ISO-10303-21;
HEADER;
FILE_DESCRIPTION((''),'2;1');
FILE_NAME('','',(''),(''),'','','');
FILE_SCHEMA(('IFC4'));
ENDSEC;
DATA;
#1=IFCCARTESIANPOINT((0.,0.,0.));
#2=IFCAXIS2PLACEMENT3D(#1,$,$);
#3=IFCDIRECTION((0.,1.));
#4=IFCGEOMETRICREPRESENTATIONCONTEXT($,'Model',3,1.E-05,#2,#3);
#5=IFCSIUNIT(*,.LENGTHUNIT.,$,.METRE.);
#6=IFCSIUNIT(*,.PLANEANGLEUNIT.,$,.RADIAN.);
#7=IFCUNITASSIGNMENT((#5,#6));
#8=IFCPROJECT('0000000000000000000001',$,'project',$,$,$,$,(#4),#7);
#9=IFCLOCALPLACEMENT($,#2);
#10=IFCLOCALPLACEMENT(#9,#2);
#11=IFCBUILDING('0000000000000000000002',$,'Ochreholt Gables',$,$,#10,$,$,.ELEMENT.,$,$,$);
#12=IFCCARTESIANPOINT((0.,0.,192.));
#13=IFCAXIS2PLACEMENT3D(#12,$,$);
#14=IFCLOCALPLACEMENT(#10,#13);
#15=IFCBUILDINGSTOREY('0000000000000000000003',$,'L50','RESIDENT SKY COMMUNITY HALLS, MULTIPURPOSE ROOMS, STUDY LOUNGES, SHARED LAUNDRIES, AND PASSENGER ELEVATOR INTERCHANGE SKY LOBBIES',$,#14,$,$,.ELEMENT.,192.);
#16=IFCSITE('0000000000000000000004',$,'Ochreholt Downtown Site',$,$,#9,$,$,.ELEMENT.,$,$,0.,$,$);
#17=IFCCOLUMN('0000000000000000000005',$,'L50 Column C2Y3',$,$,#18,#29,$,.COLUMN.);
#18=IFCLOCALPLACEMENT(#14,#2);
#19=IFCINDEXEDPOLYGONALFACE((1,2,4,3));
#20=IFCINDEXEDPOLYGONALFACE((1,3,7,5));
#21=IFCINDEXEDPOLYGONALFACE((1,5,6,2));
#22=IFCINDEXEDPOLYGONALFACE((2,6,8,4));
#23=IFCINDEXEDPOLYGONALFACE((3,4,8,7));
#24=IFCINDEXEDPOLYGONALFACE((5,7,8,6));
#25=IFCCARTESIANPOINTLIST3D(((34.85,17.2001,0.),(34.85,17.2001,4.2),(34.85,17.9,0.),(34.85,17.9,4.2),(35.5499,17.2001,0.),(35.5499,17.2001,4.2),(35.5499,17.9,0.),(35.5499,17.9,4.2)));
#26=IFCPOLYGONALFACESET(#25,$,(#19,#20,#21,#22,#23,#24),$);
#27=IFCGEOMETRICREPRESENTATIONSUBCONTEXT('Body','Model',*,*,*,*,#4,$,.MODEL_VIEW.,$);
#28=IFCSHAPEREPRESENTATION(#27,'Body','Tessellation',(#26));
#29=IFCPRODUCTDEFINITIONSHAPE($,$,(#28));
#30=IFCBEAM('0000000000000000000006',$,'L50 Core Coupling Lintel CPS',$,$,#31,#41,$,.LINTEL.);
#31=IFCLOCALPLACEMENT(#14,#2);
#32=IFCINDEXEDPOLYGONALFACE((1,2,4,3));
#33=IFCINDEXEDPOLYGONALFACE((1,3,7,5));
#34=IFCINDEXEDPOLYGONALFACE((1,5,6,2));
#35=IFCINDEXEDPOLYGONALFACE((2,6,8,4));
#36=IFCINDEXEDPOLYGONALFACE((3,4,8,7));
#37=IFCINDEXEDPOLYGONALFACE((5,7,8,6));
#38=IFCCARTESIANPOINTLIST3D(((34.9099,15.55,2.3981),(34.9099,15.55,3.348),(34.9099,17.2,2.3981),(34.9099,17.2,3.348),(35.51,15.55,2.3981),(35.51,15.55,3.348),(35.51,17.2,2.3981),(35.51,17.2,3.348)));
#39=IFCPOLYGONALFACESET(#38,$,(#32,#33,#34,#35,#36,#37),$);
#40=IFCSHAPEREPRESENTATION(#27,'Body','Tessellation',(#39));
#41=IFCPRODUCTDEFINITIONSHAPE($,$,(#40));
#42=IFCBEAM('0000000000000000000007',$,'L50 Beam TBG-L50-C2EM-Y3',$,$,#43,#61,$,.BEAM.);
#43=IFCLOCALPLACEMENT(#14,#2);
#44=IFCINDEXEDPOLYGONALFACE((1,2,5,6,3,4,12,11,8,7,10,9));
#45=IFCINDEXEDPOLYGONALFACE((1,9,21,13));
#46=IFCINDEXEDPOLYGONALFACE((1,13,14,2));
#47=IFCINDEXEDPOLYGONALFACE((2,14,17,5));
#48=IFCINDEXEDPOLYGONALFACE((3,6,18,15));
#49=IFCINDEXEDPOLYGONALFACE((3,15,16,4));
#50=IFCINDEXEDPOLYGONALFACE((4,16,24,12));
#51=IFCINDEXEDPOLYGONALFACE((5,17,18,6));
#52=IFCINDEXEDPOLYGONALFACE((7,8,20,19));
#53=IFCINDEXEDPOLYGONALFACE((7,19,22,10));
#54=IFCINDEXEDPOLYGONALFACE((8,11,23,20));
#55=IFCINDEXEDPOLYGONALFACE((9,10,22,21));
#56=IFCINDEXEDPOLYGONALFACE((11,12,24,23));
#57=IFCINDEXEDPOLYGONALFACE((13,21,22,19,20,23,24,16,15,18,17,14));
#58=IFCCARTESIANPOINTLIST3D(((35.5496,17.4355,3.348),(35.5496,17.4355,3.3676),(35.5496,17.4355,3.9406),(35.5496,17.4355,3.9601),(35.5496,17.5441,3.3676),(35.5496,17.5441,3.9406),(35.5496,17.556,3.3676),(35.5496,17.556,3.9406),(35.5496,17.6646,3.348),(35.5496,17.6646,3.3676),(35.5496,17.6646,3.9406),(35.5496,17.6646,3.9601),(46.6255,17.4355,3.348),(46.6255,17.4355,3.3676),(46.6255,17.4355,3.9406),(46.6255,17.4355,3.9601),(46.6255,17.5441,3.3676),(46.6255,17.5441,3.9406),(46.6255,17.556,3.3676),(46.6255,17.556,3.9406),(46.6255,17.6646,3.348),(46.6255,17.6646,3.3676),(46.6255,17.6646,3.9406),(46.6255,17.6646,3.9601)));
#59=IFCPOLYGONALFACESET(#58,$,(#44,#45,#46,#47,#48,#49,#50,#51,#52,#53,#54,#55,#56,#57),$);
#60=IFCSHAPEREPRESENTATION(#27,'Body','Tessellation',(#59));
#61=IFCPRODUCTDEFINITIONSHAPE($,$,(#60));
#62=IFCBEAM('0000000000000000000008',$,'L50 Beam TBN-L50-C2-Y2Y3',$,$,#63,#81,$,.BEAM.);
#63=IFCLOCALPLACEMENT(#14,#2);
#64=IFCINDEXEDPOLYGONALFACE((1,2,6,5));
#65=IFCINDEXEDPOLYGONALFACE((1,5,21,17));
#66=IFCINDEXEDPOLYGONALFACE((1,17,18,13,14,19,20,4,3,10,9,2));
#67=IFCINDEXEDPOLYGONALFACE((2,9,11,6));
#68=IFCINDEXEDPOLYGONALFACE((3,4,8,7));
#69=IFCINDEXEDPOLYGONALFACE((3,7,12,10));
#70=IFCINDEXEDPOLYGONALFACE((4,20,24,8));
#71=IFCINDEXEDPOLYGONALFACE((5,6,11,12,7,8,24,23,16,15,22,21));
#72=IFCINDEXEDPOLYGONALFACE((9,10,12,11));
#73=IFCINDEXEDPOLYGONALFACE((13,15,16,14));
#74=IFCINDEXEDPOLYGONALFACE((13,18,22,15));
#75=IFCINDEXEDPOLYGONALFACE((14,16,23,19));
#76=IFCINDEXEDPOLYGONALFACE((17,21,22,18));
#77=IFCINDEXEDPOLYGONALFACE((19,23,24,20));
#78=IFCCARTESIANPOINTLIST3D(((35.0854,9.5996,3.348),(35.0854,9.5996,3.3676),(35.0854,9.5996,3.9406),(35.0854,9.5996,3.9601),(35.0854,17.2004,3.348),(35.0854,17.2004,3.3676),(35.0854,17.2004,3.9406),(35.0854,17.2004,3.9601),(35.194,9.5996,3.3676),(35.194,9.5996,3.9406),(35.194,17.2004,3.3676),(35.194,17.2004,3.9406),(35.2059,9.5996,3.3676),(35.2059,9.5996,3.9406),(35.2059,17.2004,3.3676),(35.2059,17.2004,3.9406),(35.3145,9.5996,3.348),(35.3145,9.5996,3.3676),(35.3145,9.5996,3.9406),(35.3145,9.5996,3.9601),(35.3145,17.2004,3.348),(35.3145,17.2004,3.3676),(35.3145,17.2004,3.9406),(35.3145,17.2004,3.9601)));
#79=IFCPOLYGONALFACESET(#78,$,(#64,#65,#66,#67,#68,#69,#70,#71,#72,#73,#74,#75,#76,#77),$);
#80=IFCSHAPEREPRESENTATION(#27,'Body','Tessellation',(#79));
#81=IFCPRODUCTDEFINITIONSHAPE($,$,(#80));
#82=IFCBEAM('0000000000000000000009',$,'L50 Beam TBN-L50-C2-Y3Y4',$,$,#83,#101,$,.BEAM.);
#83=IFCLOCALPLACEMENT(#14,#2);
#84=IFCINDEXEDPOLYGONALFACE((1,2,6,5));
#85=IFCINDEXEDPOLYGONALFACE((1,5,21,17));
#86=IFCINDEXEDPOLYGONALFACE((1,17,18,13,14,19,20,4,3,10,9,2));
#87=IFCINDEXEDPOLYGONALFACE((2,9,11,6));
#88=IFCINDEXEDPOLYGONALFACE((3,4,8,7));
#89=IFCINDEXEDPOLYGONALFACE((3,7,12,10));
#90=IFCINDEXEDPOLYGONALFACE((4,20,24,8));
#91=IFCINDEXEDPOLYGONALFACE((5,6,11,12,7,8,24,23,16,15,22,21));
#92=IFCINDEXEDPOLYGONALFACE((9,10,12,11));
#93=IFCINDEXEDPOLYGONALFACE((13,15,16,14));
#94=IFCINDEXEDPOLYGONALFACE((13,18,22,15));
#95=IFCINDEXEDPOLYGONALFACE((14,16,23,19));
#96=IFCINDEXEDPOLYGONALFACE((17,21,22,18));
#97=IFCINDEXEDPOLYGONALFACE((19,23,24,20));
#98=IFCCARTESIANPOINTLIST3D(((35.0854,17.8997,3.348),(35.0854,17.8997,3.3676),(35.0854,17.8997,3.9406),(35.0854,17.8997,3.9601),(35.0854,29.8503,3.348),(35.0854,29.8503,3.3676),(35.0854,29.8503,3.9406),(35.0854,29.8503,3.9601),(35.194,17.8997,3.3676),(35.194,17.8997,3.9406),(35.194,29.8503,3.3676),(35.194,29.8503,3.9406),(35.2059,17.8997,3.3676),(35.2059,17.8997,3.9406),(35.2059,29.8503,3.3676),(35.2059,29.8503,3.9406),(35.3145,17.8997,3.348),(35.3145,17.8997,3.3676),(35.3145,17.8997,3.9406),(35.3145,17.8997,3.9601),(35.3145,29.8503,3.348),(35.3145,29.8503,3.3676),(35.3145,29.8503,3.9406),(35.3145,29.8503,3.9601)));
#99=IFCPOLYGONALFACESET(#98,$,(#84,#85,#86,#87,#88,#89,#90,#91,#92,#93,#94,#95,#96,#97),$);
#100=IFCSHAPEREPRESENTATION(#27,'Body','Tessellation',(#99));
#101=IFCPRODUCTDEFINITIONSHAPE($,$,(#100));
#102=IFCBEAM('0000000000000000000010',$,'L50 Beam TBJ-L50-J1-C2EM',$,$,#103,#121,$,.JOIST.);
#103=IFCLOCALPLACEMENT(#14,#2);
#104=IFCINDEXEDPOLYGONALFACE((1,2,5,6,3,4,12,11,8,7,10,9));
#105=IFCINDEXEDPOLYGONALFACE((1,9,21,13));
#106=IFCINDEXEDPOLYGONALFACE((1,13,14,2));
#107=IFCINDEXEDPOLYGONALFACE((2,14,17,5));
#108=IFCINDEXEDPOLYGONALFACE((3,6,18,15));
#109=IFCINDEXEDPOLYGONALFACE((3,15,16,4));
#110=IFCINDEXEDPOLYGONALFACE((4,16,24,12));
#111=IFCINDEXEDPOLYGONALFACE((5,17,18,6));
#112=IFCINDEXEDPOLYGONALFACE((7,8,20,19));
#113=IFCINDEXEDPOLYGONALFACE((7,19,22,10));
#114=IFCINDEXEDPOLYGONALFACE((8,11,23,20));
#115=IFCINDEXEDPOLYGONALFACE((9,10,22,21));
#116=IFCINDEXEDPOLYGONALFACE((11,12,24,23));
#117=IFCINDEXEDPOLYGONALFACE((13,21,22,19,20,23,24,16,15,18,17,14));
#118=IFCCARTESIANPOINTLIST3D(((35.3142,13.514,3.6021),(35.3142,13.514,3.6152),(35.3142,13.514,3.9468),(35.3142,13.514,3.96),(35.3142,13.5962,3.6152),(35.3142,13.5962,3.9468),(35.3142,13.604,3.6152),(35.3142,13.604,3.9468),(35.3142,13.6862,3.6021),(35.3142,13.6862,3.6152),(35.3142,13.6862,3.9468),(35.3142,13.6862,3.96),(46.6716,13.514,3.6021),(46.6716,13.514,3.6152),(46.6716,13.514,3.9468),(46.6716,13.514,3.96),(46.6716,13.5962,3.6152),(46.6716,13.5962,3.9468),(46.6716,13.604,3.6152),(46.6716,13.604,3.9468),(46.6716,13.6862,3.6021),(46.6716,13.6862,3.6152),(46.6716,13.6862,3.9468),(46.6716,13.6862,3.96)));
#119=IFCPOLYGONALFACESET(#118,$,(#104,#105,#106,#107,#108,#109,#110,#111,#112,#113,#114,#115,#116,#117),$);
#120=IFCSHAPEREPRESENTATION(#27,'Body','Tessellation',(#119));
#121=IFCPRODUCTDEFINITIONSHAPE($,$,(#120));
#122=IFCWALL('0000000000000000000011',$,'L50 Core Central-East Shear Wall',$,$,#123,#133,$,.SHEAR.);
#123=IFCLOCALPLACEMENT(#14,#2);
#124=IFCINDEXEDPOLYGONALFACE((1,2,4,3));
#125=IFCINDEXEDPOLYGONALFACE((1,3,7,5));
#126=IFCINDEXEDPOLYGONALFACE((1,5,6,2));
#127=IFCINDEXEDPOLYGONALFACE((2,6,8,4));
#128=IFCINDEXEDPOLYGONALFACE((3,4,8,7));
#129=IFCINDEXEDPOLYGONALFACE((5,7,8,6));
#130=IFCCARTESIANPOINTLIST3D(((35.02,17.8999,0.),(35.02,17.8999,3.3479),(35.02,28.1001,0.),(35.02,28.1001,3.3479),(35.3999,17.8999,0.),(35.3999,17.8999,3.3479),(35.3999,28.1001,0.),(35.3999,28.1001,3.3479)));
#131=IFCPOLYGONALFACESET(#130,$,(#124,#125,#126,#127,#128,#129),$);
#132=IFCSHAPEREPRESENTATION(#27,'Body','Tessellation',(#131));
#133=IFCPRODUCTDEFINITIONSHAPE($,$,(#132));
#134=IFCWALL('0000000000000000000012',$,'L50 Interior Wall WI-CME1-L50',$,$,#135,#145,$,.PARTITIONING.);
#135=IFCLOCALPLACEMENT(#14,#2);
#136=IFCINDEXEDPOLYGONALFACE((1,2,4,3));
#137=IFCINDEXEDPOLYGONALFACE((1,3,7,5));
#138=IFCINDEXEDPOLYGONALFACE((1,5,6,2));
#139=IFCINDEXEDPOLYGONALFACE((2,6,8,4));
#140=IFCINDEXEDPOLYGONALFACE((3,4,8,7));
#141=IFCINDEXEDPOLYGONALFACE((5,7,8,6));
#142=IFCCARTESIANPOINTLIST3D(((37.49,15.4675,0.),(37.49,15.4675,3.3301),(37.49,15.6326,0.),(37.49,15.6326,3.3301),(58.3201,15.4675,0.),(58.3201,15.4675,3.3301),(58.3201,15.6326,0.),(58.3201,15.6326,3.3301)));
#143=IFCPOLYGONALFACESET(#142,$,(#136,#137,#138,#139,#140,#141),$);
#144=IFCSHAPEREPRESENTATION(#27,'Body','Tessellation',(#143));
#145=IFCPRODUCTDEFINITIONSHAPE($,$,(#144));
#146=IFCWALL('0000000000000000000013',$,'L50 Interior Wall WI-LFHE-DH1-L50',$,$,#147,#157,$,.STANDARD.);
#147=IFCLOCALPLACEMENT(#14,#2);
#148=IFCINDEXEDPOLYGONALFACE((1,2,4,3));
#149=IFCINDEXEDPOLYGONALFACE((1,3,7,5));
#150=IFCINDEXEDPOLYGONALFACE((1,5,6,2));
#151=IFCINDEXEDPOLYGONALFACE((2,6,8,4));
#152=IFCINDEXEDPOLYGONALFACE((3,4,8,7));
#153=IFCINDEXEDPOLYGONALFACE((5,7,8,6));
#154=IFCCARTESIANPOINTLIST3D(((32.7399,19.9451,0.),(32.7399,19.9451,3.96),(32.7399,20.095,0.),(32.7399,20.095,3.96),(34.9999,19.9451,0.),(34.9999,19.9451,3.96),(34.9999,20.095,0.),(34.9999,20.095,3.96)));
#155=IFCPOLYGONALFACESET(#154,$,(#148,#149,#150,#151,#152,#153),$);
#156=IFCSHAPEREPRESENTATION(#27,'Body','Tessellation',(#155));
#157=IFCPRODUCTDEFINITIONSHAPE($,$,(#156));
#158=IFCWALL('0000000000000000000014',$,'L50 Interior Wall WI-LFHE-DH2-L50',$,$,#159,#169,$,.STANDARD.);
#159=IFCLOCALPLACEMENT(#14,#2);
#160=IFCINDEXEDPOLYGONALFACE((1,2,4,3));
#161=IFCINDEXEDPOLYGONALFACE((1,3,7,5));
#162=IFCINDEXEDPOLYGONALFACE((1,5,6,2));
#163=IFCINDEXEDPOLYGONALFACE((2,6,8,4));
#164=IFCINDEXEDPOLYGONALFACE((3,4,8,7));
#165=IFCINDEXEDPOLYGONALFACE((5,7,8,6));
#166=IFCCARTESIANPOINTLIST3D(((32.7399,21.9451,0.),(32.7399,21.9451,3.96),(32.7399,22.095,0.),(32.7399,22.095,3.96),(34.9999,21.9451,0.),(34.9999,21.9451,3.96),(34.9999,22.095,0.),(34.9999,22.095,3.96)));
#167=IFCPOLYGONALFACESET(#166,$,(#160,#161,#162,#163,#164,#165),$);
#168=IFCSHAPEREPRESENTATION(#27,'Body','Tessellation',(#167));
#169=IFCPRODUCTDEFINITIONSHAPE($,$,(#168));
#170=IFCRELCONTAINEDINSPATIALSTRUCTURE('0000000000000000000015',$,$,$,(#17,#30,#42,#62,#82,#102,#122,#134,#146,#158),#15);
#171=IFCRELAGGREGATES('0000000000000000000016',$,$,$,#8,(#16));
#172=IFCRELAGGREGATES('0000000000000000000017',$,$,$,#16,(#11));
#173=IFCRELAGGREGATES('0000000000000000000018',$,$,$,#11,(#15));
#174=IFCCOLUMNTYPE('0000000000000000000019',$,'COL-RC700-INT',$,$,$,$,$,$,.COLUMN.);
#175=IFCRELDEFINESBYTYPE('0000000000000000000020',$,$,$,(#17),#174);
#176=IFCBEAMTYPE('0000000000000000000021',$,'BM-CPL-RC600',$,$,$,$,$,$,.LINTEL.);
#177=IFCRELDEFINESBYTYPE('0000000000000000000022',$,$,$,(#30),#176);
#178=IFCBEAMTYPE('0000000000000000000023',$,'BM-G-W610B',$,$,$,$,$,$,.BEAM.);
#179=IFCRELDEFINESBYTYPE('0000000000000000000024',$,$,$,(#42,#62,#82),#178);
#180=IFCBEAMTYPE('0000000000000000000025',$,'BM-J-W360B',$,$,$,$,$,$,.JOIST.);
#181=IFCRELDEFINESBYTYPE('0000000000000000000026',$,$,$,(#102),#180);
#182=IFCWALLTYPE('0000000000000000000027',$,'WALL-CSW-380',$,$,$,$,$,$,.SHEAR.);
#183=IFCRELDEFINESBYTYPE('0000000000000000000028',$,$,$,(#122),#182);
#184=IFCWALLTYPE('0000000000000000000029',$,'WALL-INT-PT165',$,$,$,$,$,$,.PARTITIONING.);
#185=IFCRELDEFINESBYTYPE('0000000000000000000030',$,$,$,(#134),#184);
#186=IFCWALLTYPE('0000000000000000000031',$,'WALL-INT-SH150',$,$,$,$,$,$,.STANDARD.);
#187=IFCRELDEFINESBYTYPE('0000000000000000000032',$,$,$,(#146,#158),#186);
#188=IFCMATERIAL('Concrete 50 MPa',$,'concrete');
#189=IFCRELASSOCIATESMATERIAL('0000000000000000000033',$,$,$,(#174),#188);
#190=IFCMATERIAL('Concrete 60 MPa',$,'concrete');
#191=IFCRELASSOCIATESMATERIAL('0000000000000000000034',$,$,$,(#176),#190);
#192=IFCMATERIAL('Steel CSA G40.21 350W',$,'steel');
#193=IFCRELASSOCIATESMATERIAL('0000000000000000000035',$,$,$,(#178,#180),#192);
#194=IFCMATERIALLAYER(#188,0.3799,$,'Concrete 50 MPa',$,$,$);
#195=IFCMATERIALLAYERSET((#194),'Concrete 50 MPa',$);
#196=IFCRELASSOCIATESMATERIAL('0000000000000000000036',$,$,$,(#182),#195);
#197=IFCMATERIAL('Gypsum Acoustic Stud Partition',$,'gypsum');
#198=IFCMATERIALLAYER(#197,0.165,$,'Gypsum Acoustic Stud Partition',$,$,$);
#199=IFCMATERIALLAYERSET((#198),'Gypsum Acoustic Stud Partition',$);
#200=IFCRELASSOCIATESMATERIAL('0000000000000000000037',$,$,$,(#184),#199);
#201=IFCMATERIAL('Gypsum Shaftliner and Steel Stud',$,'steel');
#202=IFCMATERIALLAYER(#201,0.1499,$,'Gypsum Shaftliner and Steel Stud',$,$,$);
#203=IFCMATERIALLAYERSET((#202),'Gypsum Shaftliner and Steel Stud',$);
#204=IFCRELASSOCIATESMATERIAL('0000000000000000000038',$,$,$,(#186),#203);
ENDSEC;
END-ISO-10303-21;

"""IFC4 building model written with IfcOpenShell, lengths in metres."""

from ifc_helpers import new_model, si_unit, direction, frame, frame_2d, origin, origin_2d, place, context, subcontext, project, spatial, rectangle, i_section, extrude, material, layer, layer_set, material_profile, profile_set, type_object, element, save


model = new_model("IFC4")

# Units and contexts
model_context = context("Model", 3, precision=1e-05, world=origin(), true_north=direction((0.0, 1.0)))
body_context = subcontext(model_context, "Body", "Model", "MODEL_VIEW")
ifc_project = project(units=[si_unit("LENGTHUNIT", "METRE"), si_unit("PLANEANGLEUNIT", "RADIAN")], contexts=[model_context])

# Site, building, storey
site_placement = place(None, origin())
site = spatial("IfcSite", under=ifc_project, at=site_placement, Name="Ochreholt Downtown Site", CompositionType="ELEMENT", RefElevation=0.0)
building_placement = place(site_placement, origin())
building = spatial("IfcBuilding", under=site, at=building_placement, Name="Ochreholt Gables", CompositionType="ELEMENT")
storey_placement = place(building_placement, frame((0.0, 0.0, 192.0)))
storey = spatial("IfcBuildingStorey", under=building, at=storey_placement, Name="L50", Description="RESIDENT SKY COMMUNITY HALLS, MULTIPURPOSE ROOMS, STUDY LOUNGES, SHARED LAUNDRIES, AND PASSENGER ELEVATOR INTERCHANGE SKY LOBBIES", CompositionType="ELEMENT", Elevation=192.0)

# Column
ifc_material_1 = material(Name="Concrete 50 MPa", Category="concrete")
ifc_material_profile_1 = material_profile(ifc_material_1, rectangle(XDim=0.7, YDim=0.7, at=origin_2d()), Name="RC700X700")
ifc_profile_set_1 = profile_set([ifc_material_profile_1], Name="Concrete 50 MPa")
column_type = type_object("IfcColumnType", Name="COL-RC700-INT", PredefinedType="COLUMN", material=ifc_profile_set_1)
column_placement = place(storey_placement, frame((35.2, 17.55, 0.0), z_axis=(0.0, 0.0, 1.0), x_axis=(1.0, 0.0, 0.0)))
element("IfcColumn", 1, at=column_placement, inside=storey, type_object=column_type, Name="L50 Column C2Y3", PredefinedType="COLUMN", context=body_context, shape_type="SweptSolid", body=[
    extrude(rectangle(XDim=0.7, YDim=0.7, at=origin_2d()), origin(), (0.0, 0.0, 1.0), 4.2),
])

# Beams
ifc_material_2 = material(Name="Concrete 60 MPa", Category="concrete")
ifc_material_profile_2 = material_profile(ifc_material_2, rectangle(XDim=0.6001, YDim=0.95, at=origin_2d()), Name="RCB600X950")
ifc_profile_set_2 = profile_set([ifc_material_profile_2], Name="Concrete 60 MPa")
beam_type_1 = type_object("IfcBeamType", Name="BM-CPL-RC600", PredefinedType="LINTEL", material=ifc_profile_set_2)
beam_1_placement = place(storey_placement, frame((35.21, 15.55, 2.873), z_axis=(0.0, 1.0, 0.0), x_axis=(-1.0, 0.0, 0.0)))
element("IfcBeam", 2, at=beam_1_placement, inside=storey, type_object=beam_type_1, Name="L50 Core Coupling Lintel CPS", PredefinedType="LINTEL", context=body_context, shape_type="SweptSolid", body=[
    extrude(rectangle(XDim=0.6001, YDim=0.95, at=origin_2d()), origin(), (0.0, 0.0, 1.0), 1.6499),
])
ifc_material_3 = material(Name="Steel CSA G40.21 350W", Category="steel")
ifc_material_profile_3 = material_profile(ifc_material_3, i_section(OverallWidth=0.229, OverallDepth=0.6121, WebThickness=0.012, FlangeThickness=0.0195, at=origin_2d()), Name="W610X125")
ifc_profile_set_3 = profile_set([ifc_material_profile_3], Name="Steel CSA G40.21 350W")
beam_type_2 = type_object("IfcBeamType", Name="BM-G-W610B", PredefinedType="BEAM", material=ifc_profile_set_3)
beam_2_placement = place(storey_placement, frame((35.5496, 17.55, 3.6541), z_axis=(1.0, 0.0, 0.0), x_axis=(0.0, 1.0, 0.0)))
element("IfcBeam", 3, at=beam_2_placement, inside=storey, type_object=beam_type_2, Name="L50 Beam TBG-L50-C2EM-Y3", PredefinedType="BEAM", context=body_context, shape_type="SweptSolid", body=[
    extrude(i_section(OverallWidth=0.229, OverallDepth=0.6121, WebThickness=0.012, FlangeThickness=0.0195, at=origin_2d()), origin(), (0.0, 0.0, 1.0), 11.0759),
])
beam_3_placement = place(storey_placement, frame((35.2, 9.5996, 3.6541), z_axis=(0.0, 1.0, 0.0), x_axis=(-1.0, 0.0, 0.0)))
element("IfcBeam", 4, at=beam_3_placement, inside=storey, type_object=beam_type_2, Name="L50 Beam TBN-L50-C2-Y2Y3", PredefinedType="BEAM", context=body_context, shape_type="SweptSolid", body=[
    extrude(i_section(OverallWidth=0.229, OverallDepth=0.6121, WebThickness=0.012, FlangeThickness=0.0195, at=origin_2d()), origin(), (0.0, 0.0, 1.0), 7.6008),
])
beam_4_placement = place(storey_placement, frame((35.2, 17.8997, 3.6541), z_axis=(0.0, 1.0, 0.0), x_axis=(-1.0, 0.0, 0.0)))
element("IfcBeam", 5, at=beam_4_placement, inside=storey, type_object=beam_type_2, Name="L50 Beam TBN-L50-C2-Y3Y4", PredefinedType="BEAM", context=body_context, shape_type="SweptSolid", body=[
    extrude(i_section(OverallWidth=0.229, OverallDepth=0.6121, WebThickness=0.012, FlangeThickness=0.0195, at=origin_2d()), origin(), (0.0, 0.0, 1.0), 11.9507),
])
ifc_material_profile_4 = material_profile(ifc_material_3, i_section(OverallWidth=0.1721, OverallDepth=0.3579, WebThickness=0.0078, FlangeThickness=0.0132, at=origin_2d()), Name="W360X57")
ifc_profile_set_4 = profile_set([ifc_material_profile_4], Name="Steel CSA G40.21 350W")
beam_type_3 = type_object("IfcBeamType", Name="BM-J-W360B", PredefinedType="JOIST", material=ifc_profile_set_4)
beam_5_placement = place(storey_placement, frame((35.3142, 13.6001, 3.781), z_axis=(1.0, 0.0, 0.0), x_axis=(0.0, 1.0, 0.0)))
element("IfcBeam", 6, at=beam_5_placement, inside=storey, type_object=beam_type_3, Name="L50 Beam TBJ-L50-J1-C2EM", PredefinedType="JOIST", context=body_context, shape_type="SweptSolid", body=[
    extrude(i_section(OverallWidth=0.1721, OverallDepth=0.3579, WebThickness=0.0078, FlangeThickness=0.0132, at=origin_2d()), origin(), (0.0, 0.0, 1.0), 11.3574),
])

# Walls
ifc_layer_1 = layer(ifc_material_1, 0.3799, Name="Concrete 50 MPa")
ifc_layer_set_1 = layer_set([ifc_layer_1], Name="Concrete 50 MPa")
wall_type_1 = type_object("IfcWallType", Name="WALL-CSW-380", PredefinedType="SHEAR", material=ifc_layer_set_1)
wall_1_placement = place(storey_placement, frame((35.21, 17.8999, 0.0), z_axis=(0.0, 0.0, 1.0), x_axis=(0.0, 1.0, 0.0)))
element("IfcWall", 7, at=wall_1_placement, inside=storey, type_object=wall_type_1, Name="L50 Core Central-East Shear Wall", PredefinedType="SHEAR", context=body_context, shape_type="SweptSolid", body=[
    extrude(rectangle(XDim=10.2002, YDim=0.3799, at=frame_2d((5.1001, 0.0))), origin(), (0.0, 0.0, 1.0), 3.3479),
])
ifc_material_4 = material(Name="Gypsum Acoustic Stud Partition", Category="gypsum")
ifc_layer_2 = layer(ifc_material_4, 0.165, Name="Gypsum Acoustic Stud Partition")
ifc_layer_set_2 = layer_set([ifc_layer_2], Name="Gypsum Acoustic Stud Partition")
wall_type_2 = type_object("IfcWallType", Name="WALL-INT-PT165", PredefinedType="PARTITIONING", material=ifc_layer_set_2)
wall_2_placement = place(storey_placement, frame((37.49, 15.55, 0.0), z_axis=(0.0, 0.0, 1.0), x_axis=(1.0, 0.0, 0.0)))
element("IfcWall", 8, at=wall_2_placement, inside=storey, type_object=wall_type_2, Name="L50 Interior Wall WI-CME1-L50", PredefinedType="PARTITIONING", context=body_context, shape_type="SweptSolid", body=[
    extrude(rectangle(XDim=20.8301, YDim=0.165, at=frame_2d((10.415, 0.0))), origin(), (0.0, 0.0, 1.0), 3.3301),
])

# Walls
ifc_material_5 = material(Name="Gypsum Shaftliner and Steel Stud", Category="steel")
ifc_layer_3 = layer(ifc_material_5, 0.1499, Name="Gypsum Shaftliner and Steel Stud")
ifc_layer_set_3 = layer_set([ifc_layer_3], Name="Gypsum Shaftliner and Steel Stud")
wall_type_3 = type_object("IfcWallType", Name="WALL-INT-SH150", PredefinedType="STANDARD", material=ifc_layer_set_3)
for number, where, z_axis, x_axis, name in (
    (9, (32.74, 20.02, 0.0), (0.0, 0.0, 1.0), (1.0, 0.0, 0.0), "L50 Interior Wall WI-LFHE-DH1-L50"),
    (10, (32.74, 22.02, 0.0), (0.0, 0.0, 1.0), (1.0, 0.0, 0.0), "L50 Interior Wall WI-LFHE-DH2-L50"),
):
    element("IfcWall", number, at=place(storey_placement, frame(where, z_axis=z_axis, x_axis=x_axis)), inside=storey, type_object=wall_type_3, Name=name, PredefinedType="STANDARD", context=body_context, shape_type="SweptSolid", body=[
        extrude(rectangle(XDim=2.26, YDim=0.1499, at=frame_2d((1.1299, 0.0))), origin(), (0.0, 0.0, 1.0), 3.96),
    ])

save(model, "model.ifc")
